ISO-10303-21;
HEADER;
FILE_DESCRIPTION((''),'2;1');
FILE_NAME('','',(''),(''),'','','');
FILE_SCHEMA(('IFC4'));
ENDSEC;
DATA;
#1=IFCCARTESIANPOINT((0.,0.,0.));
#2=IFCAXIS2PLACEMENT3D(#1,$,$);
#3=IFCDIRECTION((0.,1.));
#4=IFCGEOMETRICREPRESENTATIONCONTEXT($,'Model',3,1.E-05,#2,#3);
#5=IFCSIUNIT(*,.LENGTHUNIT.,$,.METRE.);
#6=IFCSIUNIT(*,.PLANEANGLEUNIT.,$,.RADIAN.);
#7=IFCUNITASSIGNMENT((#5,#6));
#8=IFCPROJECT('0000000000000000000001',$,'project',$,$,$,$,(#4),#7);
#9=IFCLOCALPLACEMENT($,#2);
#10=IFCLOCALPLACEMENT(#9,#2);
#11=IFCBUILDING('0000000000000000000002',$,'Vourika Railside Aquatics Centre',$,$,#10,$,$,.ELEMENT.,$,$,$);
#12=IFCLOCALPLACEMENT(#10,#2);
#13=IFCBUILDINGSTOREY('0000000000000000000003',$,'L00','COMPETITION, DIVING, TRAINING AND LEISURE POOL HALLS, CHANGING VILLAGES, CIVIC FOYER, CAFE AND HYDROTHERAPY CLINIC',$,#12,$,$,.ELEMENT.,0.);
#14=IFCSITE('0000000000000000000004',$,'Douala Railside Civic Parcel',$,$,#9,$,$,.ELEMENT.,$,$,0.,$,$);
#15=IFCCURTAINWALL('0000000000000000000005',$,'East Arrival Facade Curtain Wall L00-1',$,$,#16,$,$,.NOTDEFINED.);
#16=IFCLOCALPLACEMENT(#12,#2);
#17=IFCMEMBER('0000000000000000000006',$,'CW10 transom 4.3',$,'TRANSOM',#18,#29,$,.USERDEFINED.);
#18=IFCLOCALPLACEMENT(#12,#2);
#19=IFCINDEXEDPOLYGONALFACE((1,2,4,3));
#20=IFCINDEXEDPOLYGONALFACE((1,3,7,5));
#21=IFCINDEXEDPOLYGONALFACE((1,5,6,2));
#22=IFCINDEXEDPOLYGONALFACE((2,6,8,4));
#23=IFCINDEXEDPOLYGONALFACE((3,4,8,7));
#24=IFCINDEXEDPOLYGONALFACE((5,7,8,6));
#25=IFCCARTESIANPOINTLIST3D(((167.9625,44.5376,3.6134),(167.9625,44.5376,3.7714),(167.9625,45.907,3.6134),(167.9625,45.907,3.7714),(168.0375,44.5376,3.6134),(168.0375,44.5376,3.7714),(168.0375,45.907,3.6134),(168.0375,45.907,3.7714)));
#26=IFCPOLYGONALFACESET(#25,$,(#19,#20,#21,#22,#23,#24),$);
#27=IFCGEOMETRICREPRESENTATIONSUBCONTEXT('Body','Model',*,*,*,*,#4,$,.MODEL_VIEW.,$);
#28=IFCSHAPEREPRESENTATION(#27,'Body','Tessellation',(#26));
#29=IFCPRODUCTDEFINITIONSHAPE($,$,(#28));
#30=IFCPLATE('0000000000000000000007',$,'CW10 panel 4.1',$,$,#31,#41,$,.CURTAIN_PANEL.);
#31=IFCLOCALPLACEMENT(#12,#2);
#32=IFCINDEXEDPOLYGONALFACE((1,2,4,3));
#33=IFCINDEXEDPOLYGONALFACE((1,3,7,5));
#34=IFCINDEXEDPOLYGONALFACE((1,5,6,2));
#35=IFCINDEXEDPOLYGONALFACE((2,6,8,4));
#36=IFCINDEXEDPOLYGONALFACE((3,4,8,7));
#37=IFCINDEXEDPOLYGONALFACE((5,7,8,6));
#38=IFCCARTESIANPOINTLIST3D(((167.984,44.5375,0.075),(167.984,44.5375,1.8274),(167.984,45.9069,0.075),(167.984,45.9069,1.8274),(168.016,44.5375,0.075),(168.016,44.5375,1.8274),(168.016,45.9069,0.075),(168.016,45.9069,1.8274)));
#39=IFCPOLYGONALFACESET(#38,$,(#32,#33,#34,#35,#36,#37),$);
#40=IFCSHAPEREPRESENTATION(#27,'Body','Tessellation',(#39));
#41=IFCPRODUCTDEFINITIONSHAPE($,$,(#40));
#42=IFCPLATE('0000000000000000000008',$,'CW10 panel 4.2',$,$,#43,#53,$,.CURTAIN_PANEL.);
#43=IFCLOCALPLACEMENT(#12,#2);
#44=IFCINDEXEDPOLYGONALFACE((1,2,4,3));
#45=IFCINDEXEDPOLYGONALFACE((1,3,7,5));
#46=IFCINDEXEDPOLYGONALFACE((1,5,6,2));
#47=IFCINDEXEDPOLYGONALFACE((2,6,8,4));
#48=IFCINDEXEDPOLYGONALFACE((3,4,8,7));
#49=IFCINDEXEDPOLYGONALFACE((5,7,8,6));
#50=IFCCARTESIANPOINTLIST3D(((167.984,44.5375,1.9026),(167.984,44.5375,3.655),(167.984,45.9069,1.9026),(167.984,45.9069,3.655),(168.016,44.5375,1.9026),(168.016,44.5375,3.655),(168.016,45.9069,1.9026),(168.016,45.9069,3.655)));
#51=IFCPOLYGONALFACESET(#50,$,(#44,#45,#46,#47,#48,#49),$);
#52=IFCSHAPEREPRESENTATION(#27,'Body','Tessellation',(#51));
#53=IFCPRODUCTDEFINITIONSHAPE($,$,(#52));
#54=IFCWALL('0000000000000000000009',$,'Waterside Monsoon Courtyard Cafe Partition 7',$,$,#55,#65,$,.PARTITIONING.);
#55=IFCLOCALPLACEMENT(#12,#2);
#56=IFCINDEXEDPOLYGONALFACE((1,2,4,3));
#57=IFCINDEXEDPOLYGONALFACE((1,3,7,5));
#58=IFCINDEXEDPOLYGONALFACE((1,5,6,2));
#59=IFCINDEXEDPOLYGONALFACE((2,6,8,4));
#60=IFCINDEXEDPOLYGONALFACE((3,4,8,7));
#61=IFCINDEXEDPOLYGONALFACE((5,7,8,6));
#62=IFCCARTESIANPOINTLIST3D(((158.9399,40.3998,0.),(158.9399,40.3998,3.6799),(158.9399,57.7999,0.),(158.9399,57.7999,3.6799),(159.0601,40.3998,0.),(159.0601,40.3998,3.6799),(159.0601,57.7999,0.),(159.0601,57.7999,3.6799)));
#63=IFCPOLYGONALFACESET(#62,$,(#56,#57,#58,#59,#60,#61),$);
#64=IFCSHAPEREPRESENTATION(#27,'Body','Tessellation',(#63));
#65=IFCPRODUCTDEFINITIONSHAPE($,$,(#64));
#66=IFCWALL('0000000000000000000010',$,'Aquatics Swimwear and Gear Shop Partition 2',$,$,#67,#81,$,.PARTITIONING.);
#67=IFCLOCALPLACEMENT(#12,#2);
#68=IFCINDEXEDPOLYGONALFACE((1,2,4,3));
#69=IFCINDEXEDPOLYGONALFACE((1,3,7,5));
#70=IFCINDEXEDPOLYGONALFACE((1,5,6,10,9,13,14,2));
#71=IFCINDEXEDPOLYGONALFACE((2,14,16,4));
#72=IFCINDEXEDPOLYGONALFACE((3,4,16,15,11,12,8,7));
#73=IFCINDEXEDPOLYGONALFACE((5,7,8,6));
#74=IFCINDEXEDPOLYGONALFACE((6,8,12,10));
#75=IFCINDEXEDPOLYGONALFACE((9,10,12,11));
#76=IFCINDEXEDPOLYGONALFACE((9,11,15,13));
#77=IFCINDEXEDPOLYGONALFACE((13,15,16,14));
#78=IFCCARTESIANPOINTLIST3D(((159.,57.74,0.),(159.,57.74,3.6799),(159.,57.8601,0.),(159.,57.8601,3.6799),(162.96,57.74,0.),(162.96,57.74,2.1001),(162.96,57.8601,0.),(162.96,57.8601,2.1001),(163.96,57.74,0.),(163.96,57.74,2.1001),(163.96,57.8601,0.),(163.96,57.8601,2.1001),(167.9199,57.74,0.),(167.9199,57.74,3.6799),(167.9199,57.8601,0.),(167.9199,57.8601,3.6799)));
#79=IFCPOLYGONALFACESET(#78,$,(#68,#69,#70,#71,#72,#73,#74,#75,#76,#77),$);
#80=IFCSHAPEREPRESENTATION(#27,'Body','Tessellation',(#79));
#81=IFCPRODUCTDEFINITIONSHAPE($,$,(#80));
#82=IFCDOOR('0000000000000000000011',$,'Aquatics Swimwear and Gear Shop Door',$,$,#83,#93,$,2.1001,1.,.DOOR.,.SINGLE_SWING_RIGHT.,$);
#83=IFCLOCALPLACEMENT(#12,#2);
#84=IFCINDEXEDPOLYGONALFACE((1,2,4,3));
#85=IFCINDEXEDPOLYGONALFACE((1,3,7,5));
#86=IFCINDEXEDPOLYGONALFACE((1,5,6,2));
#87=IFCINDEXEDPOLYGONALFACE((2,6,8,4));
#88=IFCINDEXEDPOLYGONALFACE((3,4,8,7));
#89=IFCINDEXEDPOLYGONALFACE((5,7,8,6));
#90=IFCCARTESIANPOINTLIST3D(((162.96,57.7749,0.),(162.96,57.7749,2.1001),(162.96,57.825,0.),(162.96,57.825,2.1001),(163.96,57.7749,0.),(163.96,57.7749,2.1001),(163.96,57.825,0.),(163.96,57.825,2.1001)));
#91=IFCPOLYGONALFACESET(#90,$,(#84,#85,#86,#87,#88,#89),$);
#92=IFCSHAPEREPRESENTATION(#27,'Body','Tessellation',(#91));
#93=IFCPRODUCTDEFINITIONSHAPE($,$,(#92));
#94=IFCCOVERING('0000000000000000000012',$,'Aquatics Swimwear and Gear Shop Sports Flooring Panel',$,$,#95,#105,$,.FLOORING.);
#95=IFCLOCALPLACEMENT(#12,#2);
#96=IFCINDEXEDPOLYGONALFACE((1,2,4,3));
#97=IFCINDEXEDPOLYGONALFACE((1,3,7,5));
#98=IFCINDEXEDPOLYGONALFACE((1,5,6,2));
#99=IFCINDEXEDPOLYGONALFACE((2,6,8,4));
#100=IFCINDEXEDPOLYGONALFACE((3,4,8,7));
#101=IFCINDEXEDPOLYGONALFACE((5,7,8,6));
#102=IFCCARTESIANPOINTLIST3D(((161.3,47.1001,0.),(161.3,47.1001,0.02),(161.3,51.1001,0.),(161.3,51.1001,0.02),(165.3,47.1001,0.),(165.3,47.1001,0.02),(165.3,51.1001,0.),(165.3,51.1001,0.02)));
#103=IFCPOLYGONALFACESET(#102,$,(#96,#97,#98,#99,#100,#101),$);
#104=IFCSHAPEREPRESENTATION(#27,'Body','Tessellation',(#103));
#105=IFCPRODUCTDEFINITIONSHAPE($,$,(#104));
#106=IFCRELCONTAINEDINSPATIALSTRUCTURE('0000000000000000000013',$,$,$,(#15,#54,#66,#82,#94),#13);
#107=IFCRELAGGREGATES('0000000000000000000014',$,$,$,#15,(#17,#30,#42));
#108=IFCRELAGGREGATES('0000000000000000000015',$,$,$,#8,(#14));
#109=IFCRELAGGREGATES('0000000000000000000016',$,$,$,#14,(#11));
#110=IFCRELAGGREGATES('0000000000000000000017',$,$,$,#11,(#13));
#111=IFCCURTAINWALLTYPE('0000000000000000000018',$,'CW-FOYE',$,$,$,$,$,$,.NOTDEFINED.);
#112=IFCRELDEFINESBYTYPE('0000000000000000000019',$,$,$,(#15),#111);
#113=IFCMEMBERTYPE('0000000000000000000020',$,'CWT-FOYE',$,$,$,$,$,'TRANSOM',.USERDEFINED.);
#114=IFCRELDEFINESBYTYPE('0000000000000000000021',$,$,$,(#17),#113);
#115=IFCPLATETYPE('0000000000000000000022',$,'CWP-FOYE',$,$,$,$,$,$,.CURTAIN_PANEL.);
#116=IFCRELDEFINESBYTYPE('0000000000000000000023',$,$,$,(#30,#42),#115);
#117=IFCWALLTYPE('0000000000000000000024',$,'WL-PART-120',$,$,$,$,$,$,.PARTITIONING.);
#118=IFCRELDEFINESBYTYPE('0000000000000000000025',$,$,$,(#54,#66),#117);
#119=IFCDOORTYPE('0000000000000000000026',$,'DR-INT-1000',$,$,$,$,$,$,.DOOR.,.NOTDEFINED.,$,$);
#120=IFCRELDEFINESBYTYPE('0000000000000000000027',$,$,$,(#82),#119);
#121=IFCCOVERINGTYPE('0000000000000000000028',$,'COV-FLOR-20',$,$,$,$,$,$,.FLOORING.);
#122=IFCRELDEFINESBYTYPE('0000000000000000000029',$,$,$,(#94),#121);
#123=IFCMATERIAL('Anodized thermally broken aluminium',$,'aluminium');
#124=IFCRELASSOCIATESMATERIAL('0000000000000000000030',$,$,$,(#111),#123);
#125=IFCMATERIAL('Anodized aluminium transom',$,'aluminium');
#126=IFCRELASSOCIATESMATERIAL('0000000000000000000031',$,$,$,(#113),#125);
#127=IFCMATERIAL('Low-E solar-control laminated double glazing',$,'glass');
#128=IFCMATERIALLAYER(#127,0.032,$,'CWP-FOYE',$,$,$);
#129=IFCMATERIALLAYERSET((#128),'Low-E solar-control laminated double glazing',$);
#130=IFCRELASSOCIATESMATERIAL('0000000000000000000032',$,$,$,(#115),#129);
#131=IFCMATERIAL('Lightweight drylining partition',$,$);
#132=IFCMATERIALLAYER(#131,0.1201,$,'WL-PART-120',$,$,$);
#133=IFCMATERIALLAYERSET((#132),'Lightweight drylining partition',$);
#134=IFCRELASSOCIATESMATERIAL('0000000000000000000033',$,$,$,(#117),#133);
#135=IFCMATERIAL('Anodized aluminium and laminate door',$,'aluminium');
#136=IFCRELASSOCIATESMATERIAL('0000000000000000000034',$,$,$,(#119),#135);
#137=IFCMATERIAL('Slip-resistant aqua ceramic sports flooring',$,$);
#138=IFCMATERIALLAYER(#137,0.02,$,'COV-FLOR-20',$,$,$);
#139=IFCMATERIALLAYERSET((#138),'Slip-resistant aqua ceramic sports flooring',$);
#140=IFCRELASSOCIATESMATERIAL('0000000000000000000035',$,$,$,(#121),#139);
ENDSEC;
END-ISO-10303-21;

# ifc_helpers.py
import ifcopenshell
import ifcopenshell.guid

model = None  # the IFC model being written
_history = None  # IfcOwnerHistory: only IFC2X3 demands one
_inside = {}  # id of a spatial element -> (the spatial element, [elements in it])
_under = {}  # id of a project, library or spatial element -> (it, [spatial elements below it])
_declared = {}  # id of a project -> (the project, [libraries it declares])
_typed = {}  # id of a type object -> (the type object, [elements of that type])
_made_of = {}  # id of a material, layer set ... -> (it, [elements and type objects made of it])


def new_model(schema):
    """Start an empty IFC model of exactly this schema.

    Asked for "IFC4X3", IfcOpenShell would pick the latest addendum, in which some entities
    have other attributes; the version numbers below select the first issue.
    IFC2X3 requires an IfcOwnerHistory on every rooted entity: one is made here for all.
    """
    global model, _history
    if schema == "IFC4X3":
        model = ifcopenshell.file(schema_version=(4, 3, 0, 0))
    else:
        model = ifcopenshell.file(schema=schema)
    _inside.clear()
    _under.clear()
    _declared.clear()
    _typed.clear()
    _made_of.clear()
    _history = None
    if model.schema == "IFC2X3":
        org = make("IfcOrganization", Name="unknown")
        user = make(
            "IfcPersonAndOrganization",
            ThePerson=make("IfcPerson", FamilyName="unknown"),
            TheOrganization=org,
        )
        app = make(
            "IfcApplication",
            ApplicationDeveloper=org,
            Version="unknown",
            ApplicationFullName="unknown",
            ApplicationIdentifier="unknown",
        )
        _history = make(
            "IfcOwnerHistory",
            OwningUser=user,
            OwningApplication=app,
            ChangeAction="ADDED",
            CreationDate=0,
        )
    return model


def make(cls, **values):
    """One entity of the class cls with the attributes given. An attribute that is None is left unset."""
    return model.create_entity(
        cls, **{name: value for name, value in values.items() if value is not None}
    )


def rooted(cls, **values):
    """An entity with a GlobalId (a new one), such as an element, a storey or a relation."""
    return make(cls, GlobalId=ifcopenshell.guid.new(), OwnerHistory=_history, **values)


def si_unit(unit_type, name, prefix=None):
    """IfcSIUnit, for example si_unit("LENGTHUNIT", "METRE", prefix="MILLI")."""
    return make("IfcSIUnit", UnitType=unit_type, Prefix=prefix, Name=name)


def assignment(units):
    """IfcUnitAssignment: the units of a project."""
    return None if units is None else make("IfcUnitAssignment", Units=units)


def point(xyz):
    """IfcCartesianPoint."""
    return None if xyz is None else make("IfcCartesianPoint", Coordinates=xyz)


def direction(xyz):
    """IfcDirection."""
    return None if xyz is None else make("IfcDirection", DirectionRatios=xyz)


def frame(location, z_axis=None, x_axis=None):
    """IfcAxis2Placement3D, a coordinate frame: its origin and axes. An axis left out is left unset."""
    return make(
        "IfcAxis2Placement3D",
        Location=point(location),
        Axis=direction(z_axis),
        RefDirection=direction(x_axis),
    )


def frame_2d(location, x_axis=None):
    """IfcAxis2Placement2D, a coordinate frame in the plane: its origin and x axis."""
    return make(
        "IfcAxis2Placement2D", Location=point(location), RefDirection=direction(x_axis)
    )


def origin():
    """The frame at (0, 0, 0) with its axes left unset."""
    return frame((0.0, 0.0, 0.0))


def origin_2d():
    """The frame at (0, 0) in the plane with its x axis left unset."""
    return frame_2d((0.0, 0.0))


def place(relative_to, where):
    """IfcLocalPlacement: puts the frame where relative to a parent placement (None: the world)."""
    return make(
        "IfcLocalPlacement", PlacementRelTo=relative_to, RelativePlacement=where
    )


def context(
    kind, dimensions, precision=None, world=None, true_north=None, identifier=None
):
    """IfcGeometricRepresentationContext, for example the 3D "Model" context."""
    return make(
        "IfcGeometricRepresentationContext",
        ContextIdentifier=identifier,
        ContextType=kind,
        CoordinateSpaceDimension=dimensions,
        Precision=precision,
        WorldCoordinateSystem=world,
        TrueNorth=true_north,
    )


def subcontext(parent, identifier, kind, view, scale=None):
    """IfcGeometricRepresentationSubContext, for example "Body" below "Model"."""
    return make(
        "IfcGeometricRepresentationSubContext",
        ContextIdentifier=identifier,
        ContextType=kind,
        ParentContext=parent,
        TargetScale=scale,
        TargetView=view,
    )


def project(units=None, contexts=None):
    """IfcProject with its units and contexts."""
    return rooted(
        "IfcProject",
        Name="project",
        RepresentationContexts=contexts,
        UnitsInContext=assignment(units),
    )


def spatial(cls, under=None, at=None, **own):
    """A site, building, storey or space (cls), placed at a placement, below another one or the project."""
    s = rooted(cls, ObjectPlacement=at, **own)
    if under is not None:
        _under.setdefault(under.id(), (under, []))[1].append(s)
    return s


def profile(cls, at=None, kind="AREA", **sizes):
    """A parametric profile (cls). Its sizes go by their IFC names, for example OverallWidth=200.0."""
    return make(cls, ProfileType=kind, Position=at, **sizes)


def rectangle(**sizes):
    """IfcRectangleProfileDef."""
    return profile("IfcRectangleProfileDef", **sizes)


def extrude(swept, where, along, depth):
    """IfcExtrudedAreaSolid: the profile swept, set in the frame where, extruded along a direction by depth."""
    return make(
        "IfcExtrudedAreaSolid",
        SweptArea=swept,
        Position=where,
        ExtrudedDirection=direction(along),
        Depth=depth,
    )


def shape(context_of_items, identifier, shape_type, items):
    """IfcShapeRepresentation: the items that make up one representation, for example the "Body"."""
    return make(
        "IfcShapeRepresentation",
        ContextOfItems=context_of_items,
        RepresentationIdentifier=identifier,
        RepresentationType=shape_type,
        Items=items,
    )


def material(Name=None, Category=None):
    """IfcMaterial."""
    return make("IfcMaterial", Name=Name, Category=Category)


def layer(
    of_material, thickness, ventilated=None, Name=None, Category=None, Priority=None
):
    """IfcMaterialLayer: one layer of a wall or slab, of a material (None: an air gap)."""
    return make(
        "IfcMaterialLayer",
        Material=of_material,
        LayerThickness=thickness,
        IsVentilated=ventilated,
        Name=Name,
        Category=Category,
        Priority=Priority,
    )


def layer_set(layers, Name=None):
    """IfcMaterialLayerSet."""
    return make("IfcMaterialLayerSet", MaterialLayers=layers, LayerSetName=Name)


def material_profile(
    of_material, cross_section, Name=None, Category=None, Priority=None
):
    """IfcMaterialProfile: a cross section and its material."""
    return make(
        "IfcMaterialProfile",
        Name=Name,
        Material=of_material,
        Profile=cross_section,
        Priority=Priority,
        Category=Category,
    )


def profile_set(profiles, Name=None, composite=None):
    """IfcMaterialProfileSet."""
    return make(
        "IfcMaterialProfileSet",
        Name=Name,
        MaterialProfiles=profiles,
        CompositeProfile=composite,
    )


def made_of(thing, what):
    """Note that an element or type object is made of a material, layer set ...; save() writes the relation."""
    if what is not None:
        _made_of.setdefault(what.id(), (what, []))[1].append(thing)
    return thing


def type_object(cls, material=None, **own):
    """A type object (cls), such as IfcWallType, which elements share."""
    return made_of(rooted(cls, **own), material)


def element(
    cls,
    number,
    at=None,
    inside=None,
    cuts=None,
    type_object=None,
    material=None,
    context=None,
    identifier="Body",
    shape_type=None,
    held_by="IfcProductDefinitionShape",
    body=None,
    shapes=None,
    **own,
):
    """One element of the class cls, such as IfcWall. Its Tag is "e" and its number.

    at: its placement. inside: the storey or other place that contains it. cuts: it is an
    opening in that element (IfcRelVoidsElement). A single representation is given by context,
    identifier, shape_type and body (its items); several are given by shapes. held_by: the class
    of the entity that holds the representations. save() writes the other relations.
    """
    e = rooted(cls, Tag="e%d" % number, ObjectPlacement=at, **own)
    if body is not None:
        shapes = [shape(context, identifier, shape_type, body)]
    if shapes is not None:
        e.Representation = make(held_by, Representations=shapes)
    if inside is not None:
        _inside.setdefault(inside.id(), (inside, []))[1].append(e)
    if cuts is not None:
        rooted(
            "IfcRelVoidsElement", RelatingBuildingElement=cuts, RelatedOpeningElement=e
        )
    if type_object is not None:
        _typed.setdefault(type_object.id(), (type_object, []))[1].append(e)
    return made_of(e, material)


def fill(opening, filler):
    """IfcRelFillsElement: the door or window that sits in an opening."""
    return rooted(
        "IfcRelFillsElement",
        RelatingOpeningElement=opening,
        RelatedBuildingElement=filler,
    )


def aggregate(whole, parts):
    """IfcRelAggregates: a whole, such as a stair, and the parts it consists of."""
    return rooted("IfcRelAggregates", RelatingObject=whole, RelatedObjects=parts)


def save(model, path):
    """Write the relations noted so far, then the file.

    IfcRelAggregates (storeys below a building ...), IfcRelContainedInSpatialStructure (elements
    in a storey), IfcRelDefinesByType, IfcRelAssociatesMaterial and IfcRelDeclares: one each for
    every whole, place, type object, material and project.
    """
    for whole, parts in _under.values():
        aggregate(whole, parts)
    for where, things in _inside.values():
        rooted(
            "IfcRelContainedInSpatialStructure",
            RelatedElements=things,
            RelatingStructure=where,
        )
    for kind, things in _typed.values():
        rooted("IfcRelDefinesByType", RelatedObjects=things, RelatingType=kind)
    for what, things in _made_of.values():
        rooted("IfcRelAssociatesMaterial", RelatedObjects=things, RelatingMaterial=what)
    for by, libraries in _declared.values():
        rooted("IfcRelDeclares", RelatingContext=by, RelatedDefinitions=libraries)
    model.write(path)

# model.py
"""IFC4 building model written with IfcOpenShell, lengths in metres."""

from ifc_helpers import new_model, si_unit, direction, frame, frame_2d, origin, origin_2d, place, context, subcontext, project, spatial, rectangle, extrude, material, layer, layer_set, material_profile, profile_set, type_object, element, fill, aggregate, save


model = new_model("IFC4")

# Units and contexts
model_context = context("Model", 3, precision=1e-05, world=origin(), true_north=direction((0.0, 1.0)))
body_context = subcontext(model_context, "Body", "Model", "MODEL_VIEW")
ifc_project = project(units=[si_unit("LENGTHUNIT", "METRE"), si_unit("PLANEANGLEUNIT", "RADIAN")], contexts=[model_context])

# Site, building, storey
site_placement = place(None, origin())
site = spatial("IfcSite", under=ifc_project, at=site_placement, Name="Douala Railside Civic Parcel", CompositionType="ELEMENT", RefElevation=0.0)
building_placement = place(site_placement, origin())
building = spatial("IfcBuilding", under=site, at=building_placement, Name="Vourika Railside Aquatics Centre", CompositionType="ELEMENT")
storey_placement = place(building_placement, origin())
storey = spatial("IfcBuildingStorey", under=building, at=storey_placement, Name="L00", Description="COMPETITION, DIVING, TRAINING AND LEISURE POOL HALLS, CHANGING VILLAGES, CIVIC FOYER, CAFE AND HYDROTHERAPY CLINIC", CompositionType="ELEMENT", Elevation=0.0)

# Curtain wall, member, plates
ifc_material_1 = material(Name="Anodized thermally broken aluminium", Category="aluminium")
curtain_wall_type = type_object("IfcCurtainWallType", Name="CW-FOYE", PredefinedType="NOTDEFINED", material=ifc_material_1)
curtain_wall_placement = place(storey_placement, origin())
curtain_wall = element("IfcCurtainWall", 1, at=curtain_wall_placement, inside=storey, type_object=curtain_wall_type, Name="East Arrival Facade Curtain Wall L00-1", PredefinedType="NOTDEFINED")
ifc_material_2 = material(Name="Anodized aluminium transom", Category="aluminium")
ifc_material_profile_1 = material_profile(ifc_material_2, rectangle(XDim=0.075, YDim=0.158, at=origin_2d()), Name="ALU-T 75x158")
ifc_profile_set_1 = profile_set([ifc_material_profile_1], Name="Anodized aluminium transom")
member_type_1 = type_object("IfcMemberType", Name="CWT-FOYE", ElementType="TRANSOM", PredefinedType="USERDEFINED", material=ifc_profile_set_1)
member_1_placement = place(storey_placement, frame((168.0, 44.5376, 3.6924), z_axis=(0.0, 1.0, 0.0), x_axis=(-1.0, 0.0, 0.0)))
member_1 = element("IfcMember", 2, at=member_1_placement, type_object=member_type_1, Name="CW10 transom 4.3", ObjectType="TRANSOM", PredefinedType="USERDEFINED", context=body_context, shape_type="SweptSolid", body=[
    extrude(rectangle(XDim=0.075, YDim=0.158, at=origin_2d()), origin(), (0.0, 0.0, 1.0), 1.3694),
])
ifc_material_3 = material(Name="Low-E solar-control laminated double glazing", Category="glass")
ifc_layer_1 = layer(ifc_material_3, 0.032, Name="CWP-FOYE")
ifc_layer_set_1 = layer_set([ifc_layer_1], Name="Low-E solar-control laminated double glazing")
plate_type = type_object("IfcPlateType", Name="CWP-FOYE", PredefinedType="CURTAIN_PANEL", material=ifc_layer_set_1)
plate_1_placement = place(storey_placement, frame((168.0, 45.2222, 0.075), z_axis=(0.0, 0.0, 1.0), x_axis=(0.0, 1.0, 0.0)))
plate_1 = element("IfcPlate", 3, at=plate_1_placement, type_object=plate_type, Name="CW10 panel 4.1", PredefinedType="CURTAIN_PANEL", context=body_context, shape_type="SweptSolid", body=[
    extrude(rectangle(XDim=1.3694, YDim=0.032, at=origin_2d()), origin(), (0.0, 0.0, 1.0), 1.7524),
])
plate_2_placement = place(storey_placement, frame((168.0, 45.2222, 1.9026), z_axis=(0.0, 0.0, 1.0), x_axis=(0.0, 1.0, 0.0)))
plate_2 = element("IfcPlate", 4, at=plate_2_placement, type_object=plate_type, Name="CW10 panel 4.2", PredefinedType="CURTAIN_PANEL", context=body_context, shape_type="SweptSolid", body=[
    extrude(rectangle(XDim=1.3694, YDim=0.032, at=origin_2d()), origin(), (0.0, 0.0, 1.0), 1.7524),
])
aggregate(curtain_wall, [member_1, plate_1, plate_2])

# Wall
ifc_material_4 = material(Name="Lightweight drylining partition")
ifc_layer_2 = layer(ifc_material_4, 0.1201, Name="WL-PART-120")
ifc_layer_set_2 = layer_set([ifc_layer_2], Name="Lightweight drylining partition")
wall_type = type_object("IfcWallType", Name="WL-PART-120", PredefinedType="PARTITIONING", material=ifc_layer_set_2)
wall_1_placement = place(storey_placement, frame((159.0, 57.8, 0.0), z_axis=(0.0, 0.0, 1.0), x_axis=(0.0, -1.0, 0.0)))
element("IfcWall", 5, at=wall_1_placement, inside=storey, type_object=wall_type, Name="Waterside Monsoon Courtyard Cafe Partition 7", PredefinedType="PARTITIONING", context=body_context, shape_type="SweptSolid", body=[
    extrude(rectangle(XDim=17.4001, YDim=0.1201, at=frame_2d((8.7002, 0.0))), origin(), (0.0, 0.0, 1.0), 3.6799),
])

# Wall, opening, door
wall_2_placement = place(storey_placement, frame((159.0, 57.8, 0.0), z_axis=(0.0, 0.0, 1.0), x_axis=(1.0, 0.0, 0.0)))
wall_2 = element("IfcWall", 6, at=wall_2_placement, inside=storey, type_object=wall_type, Name="Aquatics Swimwear and Gear Shop Partition 2", PredefinedType="PARTITIONING", context=body_context, shape_type="SweptSolid", body=[
    extrude(rectangle(XDim=8.9199, YDim=0.1201, at=frame_2d((4.46, 0.0))), origin(), (0.0, 0.0, 1.0), 3.6799),
])
opening_placement = place(wall_2_placement, frame((3.96, 0.0, 0.0)))
opening = element("IfcOpeningElement", 7, at=opening_placement, cuts=wall_2, PredefinedType="OPENING", context=body_context, shape_type="SweptSolid", body=[
    extrude(rectangle(XDim=1.0, YDim=2.1001, at=frame_2d((0.5, 1.05))), frame((0.0, 0.0701, 0.0), z_axis=(0.0, -1.0, 0.0), x_axis=(1.0, 0.0, 0.0)), (0.0, 0.0, 1.0), 0.1401),
])
ifc_material_5 = material(Name="Anodized aluminium and laminate door", Category="aluminium")
door_type = type_object("IfcDoorType", Name="DR-INT-1000", OperationType="NOTDEFINED", PredefinedType="DOOR", material=ifc_material_5)
door_placement = place(opening_placement, origin())
door = element("IfcDoor", 8, at=door_placement, inside=storey, type_object=door_type, Name="Aquatics Swimwear and Gear Shop Door", OperationType="SINGLE_SWING_RIGHT", OverallHeight=2.1001, OverallWidth=1.0, PredefinedType="DOOR", context=body_context, shape_type="SweptSolid", body=[
    extrude(rectangle(XDim=1.0, YDim=2.1001, at=frame_2d((0.5, 1.05))), frame((0.0, 0.0249, 0.0), z_axis=(0.0, -1.0, 0.0), x_axis=(1.0, 0.0, 0.0)), (0.0, 0.0, 1.0), 0.05),
])
fill(opening, door)

# Covering
ifc_material_6 = material(Name="Slip-resistant aqua ceramic sports flooring")
ifc_layer_3 = layer(ifc_material_6, 0.02, Name="COV-FLOR-20")
ifc_layer_set_3 = layer_set([ifc_layer_3], Name="Slip-resistant aqua ceramic sports flooring")
covering_type = type_object("IfcCoveringType", Name="COV-FLOR-20", PredefinedType="FLOORING", material=ifc_layer_set_3)
covering_placement = place(storey_placement, frame((163.3, 49.1001, 0.0), z_axis=(0.0, 0.0, 1.0), x_axis=(1.0, 0.0, 0.0)))
element("IfcCovering", 9, at=covering_placement, inside=storey, type_object=covering_type, Name="Aquatics Swimwear and Gear Shop Sports Flooring Panel", PredefinedType="FLOORING", context=body_context, shape_type="SweptSolid", body=[
    extrude(rectangle(XDim=4.0, YDim=4.0, at=origin_2d()), origin(), (0.0, 0.0, 1.0), 0.02),
])

save(model, "model.ifc")
